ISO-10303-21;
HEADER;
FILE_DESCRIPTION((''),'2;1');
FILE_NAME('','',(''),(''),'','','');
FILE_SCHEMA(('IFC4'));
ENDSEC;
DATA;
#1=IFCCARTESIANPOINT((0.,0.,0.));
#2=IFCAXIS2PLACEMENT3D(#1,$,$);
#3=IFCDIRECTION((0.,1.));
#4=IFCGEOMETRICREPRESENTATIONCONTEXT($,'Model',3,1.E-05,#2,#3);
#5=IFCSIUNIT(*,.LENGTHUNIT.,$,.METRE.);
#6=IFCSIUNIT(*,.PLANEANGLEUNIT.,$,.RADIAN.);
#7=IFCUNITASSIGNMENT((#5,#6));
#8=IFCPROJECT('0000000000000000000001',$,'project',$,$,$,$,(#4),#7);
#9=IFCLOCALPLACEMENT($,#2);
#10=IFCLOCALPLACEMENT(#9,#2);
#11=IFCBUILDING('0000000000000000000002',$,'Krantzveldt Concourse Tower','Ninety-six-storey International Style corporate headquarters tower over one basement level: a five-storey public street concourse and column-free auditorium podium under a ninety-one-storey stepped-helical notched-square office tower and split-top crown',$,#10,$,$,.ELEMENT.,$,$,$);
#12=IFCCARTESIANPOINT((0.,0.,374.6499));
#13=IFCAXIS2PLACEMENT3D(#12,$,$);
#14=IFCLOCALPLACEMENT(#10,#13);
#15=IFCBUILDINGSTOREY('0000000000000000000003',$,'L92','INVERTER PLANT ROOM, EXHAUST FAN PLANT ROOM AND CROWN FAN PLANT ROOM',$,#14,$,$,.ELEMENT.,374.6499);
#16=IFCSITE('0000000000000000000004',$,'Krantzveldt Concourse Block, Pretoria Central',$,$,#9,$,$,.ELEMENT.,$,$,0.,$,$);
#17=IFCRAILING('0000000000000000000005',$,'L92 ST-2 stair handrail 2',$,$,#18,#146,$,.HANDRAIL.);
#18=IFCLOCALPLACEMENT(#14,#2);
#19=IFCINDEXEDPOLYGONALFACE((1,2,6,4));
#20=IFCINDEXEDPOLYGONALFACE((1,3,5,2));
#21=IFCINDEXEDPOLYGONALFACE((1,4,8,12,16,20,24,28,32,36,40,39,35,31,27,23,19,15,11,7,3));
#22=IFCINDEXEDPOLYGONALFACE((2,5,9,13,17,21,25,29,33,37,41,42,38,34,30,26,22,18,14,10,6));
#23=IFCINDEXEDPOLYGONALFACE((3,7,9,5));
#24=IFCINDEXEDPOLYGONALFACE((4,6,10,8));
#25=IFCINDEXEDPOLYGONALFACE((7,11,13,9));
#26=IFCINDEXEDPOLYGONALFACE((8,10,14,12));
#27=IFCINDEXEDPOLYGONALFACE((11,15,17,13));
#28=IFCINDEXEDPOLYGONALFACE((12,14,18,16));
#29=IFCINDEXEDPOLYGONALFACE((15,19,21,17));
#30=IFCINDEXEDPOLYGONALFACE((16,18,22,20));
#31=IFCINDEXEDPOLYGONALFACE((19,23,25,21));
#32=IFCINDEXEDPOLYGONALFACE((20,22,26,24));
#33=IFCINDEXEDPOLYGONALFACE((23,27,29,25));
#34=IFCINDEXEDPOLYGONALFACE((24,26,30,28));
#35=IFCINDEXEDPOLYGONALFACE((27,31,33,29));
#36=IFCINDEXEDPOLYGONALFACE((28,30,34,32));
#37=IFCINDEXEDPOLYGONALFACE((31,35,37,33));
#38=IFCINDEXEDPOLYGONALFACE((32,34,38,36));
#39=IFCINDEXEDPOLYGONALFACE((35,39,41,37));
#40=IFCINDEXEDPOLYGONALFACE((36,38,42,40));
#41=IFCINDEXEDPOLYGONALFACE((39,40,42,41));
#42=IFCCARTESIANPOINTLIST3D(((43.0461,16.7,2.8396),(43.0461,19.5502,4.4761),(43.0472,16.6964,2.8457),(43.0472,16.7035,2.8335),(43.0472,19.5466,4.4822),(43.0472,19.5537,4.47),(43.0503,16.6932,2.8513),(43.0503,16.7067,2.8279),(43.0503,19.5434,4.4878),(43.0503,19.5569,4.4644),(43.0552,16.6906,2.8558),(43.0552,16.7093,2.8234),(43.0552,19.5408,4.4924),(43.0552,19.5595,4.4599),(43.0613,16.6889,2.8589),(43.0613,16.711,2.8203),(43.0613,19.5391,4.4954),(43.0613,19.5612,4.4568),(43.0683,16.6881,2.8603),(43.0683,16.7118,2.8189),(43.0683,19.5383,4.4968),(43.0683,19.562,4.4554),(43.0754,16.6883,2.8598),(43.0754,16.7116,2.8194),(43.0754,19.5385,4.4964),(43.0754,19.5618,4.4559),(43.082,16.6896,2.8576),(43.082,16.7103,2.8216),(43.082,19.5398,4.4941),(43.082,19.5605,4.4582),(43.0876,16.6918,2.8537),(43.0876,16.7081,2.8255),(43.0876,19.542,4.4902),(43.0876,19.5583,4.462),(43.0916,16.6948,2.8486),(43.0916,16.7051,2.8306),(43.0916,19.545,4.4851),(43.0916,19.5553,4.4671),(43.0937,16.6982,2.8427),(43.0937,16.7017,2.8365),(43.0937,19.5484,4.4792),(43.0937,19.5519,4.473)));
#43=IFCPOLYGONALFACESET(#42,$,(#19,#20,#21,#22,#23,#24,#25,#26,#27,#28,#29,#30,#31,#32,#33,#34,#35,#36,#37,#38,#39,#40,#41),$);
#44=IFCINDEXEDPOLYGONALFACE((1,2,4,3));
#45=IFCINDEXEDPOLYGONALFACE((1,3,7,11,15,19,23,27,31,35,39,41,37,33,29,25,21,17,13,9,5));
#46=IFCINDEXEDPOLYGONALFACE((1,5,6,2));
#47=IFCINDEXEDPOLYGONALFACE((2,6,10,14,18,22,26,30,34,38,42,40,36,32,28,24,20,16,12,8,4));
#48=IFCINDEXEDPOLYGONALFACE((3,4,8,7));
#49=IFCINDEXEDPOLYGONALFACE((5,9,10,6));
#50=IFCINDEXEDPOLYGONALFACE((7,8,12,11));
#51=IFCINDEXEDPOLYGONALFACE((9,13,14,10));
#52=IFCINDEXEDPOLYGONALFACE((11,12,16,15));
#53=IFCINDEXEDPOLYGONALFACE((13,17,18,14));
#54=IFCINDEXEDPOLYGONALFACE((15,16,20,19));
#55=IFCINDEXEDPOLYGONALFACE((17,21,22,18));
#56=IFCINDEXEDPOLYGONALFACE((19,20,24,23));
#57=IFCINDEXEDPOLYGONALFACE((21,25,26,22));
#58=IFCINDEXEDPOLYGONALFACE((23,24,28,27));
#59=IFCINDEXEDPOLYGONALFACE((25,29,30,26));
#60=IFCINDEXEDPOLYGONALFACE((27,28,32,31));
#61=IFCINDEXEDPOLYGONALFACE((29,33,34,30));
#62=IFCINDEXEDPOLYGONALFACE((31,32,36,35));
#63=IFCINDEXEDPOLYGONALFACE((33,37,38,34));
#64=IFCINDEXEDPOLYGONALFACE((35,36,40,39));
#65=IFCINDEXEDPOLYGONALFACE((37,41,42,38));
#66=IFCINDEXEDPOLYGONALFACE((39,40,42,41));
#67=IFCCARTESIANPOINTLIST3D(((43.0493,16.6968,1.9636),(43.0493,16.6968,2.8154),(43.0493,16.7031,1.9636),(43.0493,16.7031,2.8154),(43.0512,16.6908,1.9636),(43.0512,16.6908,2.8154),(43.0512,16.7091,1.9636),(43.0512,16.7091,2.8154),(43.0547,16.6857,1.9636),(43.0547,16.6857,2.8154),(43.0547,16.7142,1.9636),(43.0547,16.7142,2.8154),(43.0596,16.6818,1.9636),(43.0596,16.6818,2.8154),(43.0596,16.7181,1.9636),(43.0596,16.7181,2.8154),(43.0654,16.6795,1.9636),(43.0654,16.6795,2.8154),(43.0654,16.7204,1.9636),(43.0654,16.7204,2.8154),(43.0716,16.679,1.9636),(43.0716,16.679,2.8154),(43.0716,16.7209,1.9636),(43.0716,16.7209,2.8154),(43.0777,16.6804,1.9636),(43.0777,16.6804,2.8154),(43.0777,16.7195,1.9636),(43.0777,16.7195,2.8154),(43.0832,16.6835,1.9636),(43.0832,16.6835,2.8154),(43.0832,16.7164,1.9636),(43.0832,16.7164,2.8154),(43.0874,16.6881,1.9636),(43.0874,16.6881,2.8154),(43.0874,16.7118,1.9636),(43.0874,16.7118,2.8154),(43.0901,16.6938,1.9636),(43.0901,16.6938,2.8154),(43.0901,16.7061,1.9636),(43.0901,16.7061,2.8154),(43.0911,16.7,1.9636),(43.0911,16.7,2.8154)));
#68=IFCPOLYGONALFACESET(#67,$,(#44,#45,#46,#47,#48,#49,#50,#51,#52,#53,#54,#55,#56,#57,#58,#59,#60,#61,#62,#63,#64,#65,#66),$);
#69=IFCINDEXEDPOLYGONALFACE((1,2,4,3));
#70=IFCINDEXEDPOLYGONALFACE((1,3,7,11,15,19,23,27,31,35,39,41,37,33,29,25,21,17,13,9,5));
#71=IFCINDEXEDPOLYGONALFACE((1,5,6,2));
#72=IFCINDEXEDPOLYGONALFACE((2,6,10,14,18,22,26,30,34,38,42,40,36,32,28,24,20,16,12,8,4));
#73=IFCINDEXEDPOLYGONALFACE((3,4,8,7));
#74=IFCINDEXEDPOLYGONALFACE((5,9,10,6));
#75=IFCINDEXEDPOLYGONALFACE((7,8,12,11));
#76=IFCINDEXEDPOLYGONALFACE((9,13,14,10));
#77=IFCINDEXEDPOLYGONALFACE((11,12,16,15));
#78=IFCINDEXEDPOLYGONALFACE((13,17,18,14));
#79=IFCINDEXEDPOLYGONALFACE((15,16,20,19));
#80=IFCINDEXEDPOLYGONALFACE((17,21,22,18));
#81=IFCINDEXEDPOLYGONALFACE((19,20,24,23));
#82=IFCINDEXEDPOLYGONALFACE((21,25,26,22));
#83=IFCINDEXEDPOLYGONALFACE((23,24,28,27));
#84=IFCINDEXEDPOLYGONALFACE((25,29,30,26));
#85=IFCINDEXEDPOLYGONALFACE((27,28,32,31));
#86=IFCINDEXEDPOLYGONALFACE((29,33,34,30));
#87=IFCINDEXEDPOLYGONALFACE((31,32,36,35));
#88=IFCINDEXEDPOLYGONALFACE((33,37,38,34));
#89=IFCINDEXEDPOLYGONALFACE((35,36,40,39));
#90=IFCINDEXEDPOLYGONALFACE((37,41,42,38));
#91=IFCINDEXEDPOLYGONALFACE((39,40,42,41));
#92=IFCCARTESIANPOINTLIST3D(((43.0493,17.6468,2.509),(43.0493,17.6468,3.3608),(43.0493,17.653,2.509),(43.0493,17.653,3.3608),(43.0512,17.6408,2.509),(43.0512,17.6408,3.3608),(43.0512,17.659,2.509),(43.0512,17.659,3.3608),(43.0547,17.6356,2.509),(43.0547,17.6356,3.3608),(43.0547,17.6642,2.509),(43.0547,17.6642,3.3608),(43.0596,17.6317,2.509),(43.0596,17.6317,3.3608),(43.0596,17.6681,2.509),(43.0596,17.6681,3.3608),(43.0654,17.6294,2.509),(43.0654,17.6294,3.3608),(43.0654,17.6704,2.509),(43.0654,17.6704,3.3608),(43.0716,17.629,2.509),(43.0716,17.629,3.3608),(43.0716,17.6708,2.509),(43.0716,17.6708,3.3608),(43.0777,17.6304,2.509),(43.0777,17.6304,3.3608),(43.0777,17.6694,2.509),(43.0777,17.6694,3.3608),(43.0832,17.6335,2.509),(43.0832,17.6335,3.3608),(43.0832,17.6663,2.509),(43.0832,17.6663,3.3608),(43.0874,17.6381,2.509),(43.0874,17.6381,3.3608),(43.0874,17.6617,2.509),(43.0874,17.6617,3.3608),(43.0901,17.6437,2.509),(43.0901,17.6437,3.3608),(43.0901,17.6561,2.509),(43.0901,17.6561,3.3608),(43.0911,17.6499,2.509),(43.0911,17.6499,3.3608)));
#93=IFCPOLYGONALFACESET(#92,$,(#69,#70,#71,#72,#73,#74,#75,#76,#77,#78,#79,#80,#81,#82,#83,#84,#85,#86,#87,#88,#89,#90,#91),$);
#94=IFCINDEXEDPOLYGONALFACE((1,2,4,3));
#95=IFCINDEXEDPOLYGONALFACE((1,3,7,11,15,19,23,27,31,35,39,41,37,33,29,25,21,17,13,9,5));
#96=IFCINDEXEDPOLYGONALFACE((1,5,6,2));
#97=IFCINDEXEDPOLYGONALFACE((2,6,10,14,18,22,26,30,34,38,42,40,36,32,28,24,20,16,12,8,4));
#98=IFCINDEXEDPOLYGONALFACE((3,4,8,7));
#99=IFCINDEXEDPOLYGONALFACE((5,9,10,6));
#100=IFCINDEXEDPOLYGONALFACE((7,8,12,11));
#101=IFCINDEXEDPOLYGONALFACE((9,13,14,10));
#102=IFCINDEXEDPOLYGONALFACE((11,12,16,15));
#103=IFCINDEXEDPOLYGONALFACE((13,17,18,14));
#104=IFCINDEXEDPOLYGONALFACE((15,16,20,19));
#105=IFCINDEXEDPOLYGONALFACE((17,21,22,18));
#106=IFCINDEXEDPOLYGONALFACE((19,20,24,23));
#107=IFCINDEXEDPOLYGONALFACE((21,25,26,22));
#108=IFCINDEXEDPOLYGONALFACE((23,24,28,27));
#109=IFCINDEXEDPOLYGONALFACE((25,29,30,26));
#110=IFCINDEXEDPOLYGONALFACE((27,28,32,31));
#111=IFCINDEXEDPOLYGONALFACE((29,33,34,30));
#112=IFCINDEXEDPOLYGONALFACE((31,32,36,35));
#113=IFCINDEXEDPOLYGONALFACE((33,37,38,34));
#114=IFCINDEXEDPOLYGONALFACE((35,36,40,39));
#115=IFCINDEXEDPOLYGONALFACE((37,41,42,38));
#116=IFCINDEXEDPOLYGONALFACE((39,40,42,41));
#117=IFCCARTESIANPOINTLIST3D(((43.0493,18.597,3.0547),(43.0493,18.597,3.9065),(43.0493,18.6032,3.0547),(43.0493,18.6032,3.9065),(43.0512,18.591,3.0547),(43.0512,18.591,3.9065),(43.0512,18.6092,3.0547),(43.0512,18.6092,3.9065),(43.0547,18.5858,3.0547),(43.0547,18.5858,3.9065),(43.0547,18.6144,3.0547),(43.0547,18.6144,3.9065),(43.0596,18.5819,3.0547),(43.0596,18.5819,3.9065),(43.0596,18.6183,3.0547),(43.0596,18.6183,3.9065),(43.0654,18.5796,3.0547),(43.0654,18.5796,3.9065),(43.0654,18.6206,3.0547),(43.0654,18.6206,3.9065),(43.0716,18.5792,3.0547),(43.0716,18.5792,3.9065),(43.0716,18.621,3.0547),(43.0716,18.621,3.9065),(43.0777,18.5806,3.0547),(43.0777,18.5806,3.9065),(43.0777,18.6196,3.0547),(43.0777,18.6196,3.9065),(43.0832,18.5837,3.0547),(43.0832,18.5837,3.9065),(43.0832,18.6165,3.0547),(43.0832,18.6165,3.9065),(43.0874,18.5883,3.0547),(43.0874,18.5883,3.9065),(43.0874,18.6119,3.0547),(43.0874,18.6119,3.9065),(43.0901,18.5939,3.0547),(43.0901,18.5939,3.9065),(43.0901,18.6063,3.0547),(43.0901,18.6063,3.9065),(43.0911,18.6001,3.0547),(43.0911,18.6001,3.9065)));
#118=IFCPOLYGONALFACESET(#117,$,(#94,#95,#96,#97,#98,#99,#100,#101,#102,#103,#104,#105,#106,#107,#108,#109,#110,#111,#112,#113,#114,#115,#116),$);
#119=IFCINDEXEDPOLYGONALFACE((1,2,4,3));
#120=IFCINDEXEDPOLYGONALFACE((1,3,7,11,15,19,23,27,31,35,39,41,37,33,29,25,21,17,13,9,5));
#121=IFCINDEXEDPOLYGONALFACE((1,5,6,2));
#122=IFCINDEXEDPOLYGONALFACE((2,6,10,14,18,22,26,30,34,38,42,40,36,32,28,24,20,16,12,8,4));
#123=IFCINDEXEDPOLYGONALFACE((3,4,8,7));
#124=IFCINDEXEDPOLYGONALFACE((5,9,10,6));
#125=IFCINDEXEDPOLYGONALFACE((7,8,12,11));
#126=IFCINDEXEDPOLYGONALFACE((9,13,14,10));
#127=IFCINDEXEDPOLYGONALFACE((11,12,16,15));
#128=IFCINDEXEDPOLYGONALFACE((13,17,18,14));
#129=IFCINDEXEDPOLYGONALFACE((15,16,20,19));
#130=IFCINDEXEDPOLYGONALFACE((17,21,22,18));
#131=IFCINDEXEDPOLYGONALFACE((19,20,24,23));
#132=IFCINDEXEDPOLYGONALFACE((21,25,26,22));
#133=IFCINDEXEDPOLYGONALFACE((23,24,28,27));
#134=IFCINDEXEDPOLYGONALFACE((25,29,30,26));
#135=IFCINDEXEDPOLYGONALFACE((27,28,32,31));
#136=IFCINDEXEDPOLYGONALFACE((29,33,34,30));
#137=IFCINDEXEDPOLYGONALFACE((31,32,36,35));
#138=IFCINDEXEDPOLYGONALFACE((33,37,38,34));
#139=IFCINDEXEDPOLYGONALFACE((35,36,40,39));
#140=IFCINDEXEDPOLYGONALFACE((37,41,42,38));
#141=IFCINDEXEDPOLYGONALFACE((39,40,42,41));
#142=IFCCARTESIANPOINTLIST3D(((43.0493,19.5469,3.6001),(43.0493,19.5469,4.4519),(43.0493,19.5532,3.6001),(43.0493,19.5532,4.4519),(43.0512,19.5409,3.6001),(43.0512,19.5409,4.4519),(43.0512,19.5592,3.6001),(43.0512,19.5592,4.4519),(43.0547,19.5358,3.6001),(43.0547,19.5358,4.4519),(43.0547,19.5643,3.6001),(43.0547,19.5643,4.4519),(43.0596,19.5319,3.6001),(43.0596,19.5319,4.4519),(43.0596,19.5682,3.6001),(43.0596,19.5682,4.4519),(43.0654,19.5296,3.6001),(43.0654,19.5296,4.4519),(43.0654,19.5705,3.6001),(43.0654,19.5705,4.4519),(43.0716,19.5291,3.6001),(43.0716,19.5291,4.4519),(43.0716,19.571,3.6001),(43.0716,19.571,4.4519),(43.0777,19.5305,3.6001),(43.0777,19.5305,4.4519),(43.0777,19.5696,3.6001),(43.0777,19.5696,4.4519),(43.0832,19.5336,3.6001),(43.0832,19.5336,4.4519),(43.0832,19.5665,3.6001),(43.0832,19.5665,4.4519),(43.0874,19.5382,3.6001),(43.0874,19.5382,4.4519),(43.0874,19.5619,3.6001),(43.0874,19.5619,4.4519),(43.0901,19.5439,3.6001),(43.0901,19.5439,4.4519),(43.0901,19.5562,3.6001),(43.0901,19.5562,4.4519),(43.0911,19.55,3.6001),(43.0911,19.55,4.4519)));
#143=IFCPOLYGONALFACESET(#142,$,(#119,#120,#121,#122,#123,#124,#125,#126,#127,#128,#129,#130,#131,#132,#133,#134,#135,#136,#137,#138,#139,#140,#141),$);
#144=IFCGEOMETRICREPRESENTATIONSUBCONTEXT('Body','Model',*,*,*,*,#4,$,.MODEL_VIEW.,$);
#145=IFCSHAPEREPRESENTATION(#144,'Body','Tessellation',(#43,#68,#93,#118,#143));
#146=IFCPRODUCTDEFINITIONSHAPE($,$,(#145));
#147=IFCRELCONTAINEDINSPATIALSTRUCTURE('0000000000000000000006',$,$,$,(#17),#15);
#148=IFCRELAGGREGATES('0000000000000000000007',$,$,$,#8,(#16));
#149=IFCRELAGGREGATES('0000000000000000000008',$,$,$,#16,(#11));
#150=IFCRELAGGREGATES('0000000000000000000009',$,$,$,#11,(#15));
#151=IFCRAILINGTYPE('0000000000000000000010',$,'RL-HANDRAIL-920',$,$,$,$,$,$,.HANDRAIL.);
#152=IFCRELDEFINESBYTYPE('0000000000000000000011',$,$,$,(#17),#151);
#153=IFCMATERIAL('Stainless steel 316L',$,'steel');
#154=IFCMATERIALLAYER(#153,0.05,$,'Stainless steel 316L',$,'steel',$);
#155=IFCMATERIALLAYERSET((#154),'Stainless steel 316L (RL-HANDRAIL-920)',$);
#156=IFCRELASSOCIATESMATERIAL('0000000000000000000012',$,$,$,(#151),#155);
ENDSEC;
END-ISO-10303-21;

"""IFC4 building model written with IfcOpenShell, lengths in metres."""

from ifc_helpers import new_model, si_unit, direction, frame, origin, origin_2d, place, context, subcontext, project, spatial, circle, extrude, material, layer, layer_set, type_object, element, save


model = new_model("IFC4")

# Units and contexts
model_context = context("Model", 3, precision=1e-05, world=origin(), true_north=direction((0.0, 1.0)))
body_context = subcontext(model_context, "Body", "Model", "MODEL_VIEW")
ifc_project = project(units=[si_unit("LENGTHUNIT", "METRE"), si_unit("PLANEANGLEUNIT", "RADIAN")], contexts=[model_context])

# Site, building, storey
site_placement = place(None, origin())
site = spatial("IfcSite", under=ifc_project, at=site_placement, Name="Krantzveldt Concourse Block, Pretoria Central", CompositionType="ELEMENT", RefElevation=0.0)
building_placement = place(site_placement, origin())
building = spatial("IfcBuilding", under=site, at=building_placement, Name="Krantzveldt Concourse Tower", Description="Ninety-six-storey International Style corporate headquarters tower over one basement level: a five-storey public street concourse and column-free auditorium podium under a ninety-one-storey stepped-helical notched-square office tower and split-top crown", CompositionType="ELEMENT")
storey_placement = place(building_placement, frame((0.0, 0.0, 374.6499)))
storey = spatial("IfcBuildingStorey", under=building, at=storey_placement, Name="L92", Description="INVERTER PLANT ROOM, EXHAUST FAN PLANT ROOM AND CROWN FAN PLANT ROOM", CompositionType="ELEMENT", Elevation=374.6499)

# Railing
ifc_material_1 = material(Name="Stainless steel 316L", Category="steel")
ifc_layer_1 = layer(ifc_material_1, 0.05, Name="Stainless steel 316L", Category="steel")
ifc_layer_set_1 = layer_set([ifc_layer_1], Name="Stainless steel 316L (RL-HANDRAIL-920)")
railing_type = type_object("IfcRailingType", Name="RL-HANDRAIL-920", PredefinedType="HANDRAIL", material=ifc_layer_set_1)
railing_placement = place(storey_placement, frame((43.0701, 16.7, 1.9636)))
element("IfcRailing", 1, at=railing_placement, inside=storey, type_object=railing_type, Name="L92 ST-2 stair handrail 2", PredefinedType="HANDRAIL", context=body_context, shape_type="SweptSolid", body=[
    extrude(circle(Radius=0.0239, at=origin_2d()), frame((0.0, 0.0, 0.876), z_axis=(0.0, 0.867213, 0.497938), x_axis=(-1.0, 0.0, 0.0)), (0.0, 0.0, 1.0), 3.2866),
    extrude(circle(Radius=0.021, at=origin_2d()), origin(), (0.0, 0.0, 1.0), 0.8518),
    extrude(circle(Radius=0.021, at=origin_2d()), frame((0.0, 0.95, 0.5454)), (0.0, 0.0, 1.0), 0.8518),
    extrude(circle(Radius=0.021, at=origin_2d()), frame((0.0, 1.9001, 1.0911)), (0.0, 0.0, 1.0), 0.8518),
    extrude(circle(Radius=0.021, at=origin_2d()), frame((0.0, 2.8501, 1.6365)), (0.0, 0.0, 1.0), 0.8518),
])

save(model, "model.ifc")
